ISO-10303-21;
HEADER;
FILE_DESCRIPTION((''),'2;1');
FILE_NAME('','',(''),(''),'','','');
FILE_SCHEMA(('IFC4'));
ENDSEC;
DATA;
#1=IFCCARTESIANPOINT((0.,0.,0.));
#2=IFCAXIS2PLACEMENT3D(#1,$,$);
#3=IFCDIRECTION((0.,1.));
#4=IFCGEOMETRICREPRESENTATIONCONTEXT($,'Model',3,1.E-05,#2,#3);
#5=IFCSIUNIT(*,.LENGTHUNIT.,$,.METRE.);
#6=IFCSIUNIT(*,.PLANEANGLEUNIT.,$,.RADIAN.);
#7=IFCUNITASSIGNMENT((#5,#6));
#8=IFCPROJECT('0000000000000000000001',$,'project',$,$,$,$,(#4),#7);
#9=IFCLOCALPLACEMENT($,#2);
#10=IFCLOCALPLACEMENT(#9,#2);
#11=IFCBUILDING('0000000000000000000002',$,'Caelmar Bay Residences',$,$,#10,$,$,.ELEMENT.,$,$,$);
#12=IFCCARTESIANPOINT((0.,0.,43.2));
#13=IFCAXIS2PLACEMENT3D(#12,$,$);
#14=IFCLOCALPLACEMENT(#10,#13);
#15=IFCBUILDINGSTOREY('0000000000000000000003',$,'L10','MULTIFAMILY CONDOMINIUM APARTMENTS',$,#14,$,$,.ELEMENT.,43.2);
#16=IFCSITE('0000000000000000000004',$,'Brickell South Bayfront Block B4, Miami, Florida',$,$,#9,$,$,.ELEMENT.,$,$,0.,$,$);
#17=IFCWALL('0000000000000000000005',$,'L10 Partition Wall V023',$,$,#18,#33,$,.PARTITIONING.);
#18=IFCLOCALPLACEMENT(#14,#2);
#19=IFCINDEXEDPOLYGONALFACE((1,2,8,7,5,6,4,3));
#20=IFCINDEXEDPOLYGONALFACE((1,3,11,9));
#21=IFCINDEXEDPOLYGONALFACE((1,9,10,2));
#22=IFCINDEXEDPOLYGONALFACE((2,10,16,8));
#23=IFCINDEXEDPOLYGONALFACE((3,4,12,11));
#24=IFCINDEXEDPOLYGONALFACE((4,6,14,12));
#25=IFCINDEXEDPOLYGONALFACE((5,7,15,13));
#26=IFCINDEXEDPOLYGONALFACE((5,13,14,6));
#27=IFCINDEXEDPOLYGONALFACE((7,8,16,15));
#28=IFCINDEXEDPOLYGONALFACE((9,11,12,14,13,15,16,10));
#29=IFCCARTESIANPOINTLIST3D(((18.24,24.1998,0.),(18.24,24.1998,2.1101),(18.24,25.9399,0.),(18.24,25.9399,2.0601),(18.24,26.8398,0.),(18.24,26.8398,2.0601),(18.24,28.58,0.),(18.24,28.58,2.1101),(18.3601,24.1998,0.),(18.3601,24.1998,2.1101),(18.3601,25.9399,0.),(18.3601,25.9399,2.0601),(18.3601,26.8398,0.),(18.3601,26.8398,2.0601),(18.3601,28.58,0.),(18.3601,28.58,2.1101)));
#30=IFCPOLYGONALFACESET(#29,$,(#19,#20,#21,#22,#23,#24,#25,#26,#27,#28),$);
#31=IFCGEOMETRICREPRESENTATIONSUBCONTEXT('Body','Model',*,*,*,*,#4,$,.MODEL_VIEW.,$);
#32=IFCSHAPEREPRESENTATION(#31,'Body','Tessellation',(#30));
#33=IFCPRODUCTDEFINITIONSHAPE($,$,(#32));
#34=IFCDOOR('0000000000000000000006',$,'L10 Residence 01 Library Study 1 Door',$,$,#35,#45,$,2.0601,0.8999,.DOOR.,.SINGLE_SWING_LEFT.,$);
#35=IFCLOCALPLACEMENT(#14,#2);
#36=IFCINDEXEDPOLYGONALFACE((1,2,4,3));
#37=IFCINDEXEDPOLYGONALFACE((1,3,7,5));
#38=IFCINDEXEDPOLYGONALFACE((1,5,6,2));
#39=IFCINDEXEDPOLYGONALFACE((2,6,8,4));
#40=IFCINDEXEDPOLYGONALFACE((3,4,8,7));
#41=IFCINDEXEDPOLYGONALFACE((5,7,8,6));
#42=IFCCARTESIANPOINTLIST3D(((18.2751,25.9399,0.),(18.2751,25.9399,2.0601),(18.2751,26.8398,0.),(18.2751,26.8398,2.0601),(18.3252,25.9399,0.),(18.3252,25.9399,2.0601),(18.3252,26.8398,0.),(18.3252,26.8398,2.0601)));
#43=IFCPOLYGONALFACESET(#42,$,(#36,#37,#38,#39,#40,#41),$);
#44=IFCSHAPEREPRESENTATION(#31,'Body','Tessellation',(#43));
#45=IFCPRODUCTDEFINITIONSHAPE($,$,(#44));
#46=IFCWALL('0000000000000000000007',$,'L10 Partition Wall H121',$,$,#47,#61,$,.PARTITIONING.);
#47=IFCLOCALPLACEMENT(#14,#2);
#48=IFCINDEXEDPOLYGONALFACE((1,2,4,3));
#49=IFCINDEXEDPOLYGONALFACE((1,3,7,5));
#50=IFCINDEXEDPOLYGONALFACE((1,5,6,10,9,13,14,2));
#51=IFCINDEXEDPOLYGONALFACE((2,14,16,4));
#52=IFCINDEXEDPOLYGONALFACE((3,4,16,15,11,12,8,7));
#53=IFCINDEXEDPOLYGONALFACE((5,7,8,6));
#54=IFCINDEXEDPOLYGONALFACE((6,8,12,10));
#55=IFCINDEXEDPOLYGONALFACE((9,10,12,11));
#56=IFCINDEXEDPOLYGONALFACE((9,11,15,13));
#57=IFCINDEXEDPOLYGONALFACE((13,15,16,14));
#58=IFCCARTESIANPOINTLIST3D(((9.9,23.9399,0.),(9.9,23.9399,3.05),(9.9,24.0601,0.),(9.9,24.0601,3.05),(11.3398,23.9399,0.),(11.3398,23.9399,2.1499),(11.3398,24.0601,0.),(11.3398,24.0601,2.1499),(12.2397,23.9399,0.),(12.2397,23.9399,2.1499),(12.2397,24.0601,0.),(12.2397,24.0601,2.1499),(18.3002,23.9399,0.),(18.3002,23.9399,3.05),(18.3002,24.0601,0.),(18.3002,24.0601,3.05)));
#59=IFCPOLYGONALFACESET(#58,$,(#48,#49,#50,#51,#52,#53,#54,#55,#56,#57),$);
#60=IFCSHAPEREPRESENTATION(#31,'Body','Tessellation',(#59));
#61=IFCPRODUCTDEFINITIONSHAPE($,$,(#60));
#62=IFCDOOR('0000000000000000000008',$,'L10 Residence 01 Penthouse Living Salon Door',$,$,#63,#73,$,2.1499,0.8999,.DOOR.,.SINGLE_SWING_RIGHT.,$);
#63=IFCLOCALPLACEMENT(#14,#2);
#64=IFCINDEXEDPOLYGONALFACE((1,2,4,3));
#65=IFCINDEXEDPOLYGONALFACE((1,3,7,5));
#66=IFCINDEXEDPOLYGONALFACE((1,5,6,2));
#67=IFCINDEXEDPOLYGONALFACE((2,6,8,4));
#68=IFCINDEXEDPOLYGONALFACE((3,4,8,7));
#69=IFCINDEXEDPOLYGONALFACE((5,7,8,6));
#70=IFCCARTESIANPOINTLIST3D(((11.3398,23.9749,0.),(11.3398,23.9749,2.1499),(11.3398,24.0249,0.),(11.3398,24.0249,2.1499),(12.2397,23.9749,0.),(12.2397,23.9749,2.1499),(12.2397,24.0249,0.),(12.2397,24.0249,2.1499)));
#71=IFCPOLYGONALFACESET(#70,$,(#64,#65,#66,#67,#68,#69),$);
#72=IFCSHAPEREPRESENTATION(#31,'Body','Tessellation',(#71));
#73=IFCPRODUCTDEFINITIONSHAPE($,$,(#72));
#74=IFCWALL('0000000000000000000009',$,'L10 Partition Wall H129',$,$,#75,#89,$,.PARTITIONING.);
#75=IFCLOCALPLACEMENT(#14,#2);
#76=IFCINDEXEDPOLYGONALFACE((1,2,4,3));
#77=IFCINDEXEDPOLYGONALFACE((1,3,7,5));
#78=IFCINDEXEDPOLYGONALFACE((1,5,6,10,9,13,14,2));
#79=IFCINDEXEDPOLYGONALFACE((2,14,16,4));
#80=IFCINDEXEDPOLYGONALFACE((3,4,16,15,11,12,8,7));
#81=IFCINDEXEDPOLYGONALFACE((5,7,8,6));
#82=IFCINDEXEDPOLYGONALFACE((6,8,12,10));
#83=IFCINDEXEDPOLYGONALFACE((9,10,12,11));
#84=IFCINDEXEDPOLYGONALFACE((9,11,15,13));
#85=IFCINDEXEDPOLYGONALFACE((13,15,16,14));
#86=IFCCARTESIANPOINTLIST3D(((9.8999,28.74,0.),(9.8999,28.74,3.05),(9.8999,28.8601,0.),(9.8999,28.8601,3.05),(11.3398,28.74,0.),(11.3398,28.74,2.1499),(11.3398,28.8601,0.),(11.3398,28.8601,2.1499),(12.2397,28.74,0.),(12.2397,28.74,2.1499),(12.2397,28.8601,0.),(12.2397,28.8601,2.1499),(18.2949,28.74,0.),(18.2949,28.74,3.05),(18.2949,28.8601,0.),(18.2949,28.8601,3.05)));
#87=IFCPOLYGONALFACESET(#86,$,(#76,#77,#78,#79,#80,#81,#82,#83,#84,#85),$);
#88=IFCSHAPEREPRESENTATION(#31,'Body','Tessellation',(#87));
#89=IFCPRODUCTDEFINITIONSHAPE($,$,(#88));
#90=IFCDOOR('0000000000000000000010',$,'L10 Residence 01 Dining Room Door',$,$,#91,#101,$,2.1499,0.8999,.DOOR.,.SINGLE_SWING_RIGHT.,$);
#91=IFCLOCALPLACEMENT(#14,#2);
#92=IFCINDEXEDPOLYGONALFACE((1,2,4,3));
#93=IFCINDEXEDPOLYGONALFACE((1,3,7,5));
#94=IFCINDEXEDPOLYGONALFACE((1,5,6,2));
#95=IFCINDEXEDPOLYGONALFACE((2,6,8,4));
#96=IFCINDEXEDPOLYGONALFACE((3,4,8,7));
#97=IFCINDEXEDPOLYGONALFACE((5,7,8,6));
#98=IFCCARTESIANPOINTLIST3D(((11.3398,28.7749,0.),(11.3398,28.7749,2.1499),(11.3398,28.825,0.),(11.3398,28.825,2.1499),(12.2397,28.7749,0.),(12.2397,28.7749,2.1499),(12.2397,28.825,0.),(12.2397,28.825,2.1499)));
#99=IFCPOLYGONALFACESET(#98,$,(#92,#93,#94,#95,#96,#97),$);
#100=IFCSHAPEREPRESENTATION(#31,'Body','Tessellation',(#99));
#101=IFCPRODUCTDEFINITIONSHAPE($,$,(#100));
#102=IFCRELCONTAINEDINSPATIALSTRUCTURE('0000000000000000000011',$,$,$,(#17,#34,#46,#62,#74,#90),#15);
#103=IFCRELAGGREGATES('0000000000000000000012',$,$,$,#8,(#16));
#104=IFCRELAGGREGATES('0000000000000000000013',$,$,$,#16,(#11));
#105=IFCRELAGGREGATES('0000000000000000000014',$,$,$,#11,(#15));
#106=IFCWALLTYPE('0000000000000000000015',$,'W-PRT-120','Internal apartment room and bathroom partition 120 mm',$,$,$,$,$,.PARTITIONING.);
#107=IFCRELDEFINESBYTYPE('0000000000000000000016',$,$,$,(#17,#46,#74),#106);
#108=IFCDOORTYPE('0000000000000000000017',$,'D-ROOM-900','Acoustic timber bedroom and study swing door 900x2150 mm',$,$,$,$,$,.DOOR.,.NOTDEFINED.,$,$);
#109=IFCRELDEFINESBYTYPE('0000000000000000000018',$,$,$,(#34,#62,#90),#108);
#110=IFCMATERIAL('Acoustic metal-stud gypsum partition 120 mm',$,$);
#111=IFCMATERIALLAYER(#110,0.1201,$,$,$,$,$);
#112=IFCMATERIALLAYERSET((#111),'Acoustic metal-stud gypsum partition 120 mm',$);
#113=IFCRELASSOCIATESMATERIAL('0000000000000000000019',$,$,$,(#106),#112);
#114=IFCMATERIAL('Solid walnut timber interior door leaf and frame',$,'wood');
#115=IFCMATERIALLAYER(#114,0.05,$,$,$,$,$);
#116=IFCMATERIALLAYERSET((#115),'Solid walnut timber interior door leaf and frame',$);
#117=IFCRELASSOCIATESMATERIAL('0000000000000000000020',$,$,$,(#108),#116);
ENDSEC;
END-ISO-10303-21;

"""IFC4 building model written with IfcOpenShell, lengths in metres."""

from ifc_helpers import new_model, si_unit, direction, frame, frame_2d, origin, place, context, subcontext, project, spatial, rectangle, extrude, material, layer, layer_set, type_object, element, fill, save


model = new_model("IFC4")

# Units and contexts
model_context = context("Model", 3, precision=1e-05, world=origin(), true_north=direction((0.0, 1.0)))
body_context = subcontext(model_context, "Body", "Model", "MODEL_VIEW")
ifc_project = project(units=[si_unit("LENGTHUNIT", "METRE"), si_unit("PLANEANGLEUNIT", "RADIAN")], contexts=[model_context])

# Site, building, storey
site_placement = place(None, origin())
site = spatial("IfcSite", under=ifc_project, at=site_placement, Name="Brickell South Bayfront Block B4, Miami, Florida", CompositionType="ELEMENT", RefElevation=0.0)
building_placement = place(site_placement, origin())
building = spatial("IfcBuilding", under=site, at=building_placement, Name="Caelmar Bay Residences", CompositionType="ELEMENT")
storey_placement = place(building_placement, frame((0.0, 0.0, 43.2)))
storey = spatial("IfcBuildingStorey", under=building, at=storey_placement, Name="L10", Description="MULTIFAMILY CONDOMINIUM APARTMENTS", CompositionType="ELEMENT", Elevation=43.2)

# Shared definitions
ifc_material_1 = material(Name="Acoustic metal-stud gypsum partition 120 mm")
ifc_layer_1 = layer(ifc_material_1, 0.1201)
ifc_layer_set_1 = layer_set([ifc_layer_1], Name="Acoustic metal-stud gypsum partition 120 mm")
wall_type = type_object("IfcWallType", Name="W-PRT-120", Description="Internal apartment room and bathroom partition 120 mm", PredefinedType="PARTITIONING", material=ifc_layer_set_1)
ifc_material_2 = material(Name="Solid walnut timber interior door leaf and frame", Category="wood")
ifc_layer_2 = layer(ifc_material_2, 0.05)
ifc_layer_set_2 = layer_set([ifc_layer_2], Name="Solid walnut timber interior door leaf and frame")
door_type_1 = type_object("IfcDoorType", Name="D-ROOM-900", Description="Acoustic timber bedroom and study swing door 900x2150 mm", OperationType="NOTDEFINED", PredefinedType="DOOR", material=ifc_layer_set_2)

# Walls, openings, doors
wall_1_placement = place(storey_placement, frame((18.3, 24.2, 0.0), z_axis=(0.0, 0.0, 1.0), x_axis=(0.0, 1.0, 0.0)))
wall_1 = element("IfcWall", 1, at=wall_1_placement, inside=storey, type_object=wall_type, Name="L10 Partition Wall V023", PredefinedType="PARTITIONING", context=body_context, shape_type="SweptSolid", body=[
    extrude(rectangle(XDim=4.3801, YDim=0.1201, at=frame_2d((2.1899, 0.0))), origin(), (0.0, 0.0, 1.0), 2.1101),
])
opening_1_placement = place(wall_1_placement, frame((1.74, 0.0, 0.0)))
opening_1 = element("IfcOpeningElement", 2, at=opening_1_placement, cuts=wall_1, PredefinedType="OPENING", context=body_context, shape_type="SweptSolid", body=[
    extrude(rectangle(XDim=0.8999, YDim=2.0601, at=frame_2d((0.45, 1.03))), frame((0.0, 0.0701, 0.0), z_axis=(0.0, -1.0, 0.0), x_axis=(1.0, 0.0, 0.0)), (0.0, 0.0, 1.0), 0.1401),
])
door_1_placement = place(opening_1_placement, origin())
door_1 = element("IfcDoor", 3, at=door_1_placement, inside=storey, type_object=door_type_1, Name="L10 Residence 01 Library Study 1 Door", OperationType="SINGLE_SWING_LEFT", OverallHeight=2.0601, OverallWidth=0.8999, PredefinedType="DOOR", context=body_context, shape_type="SweptSolid", body=[
    extrude(rectangle(XDim=0.8999, YDim=2.0601, at=frame_2d((0.45, 1.03))), frame((0.0, 0.0249, 0.0), z_axis=(0.0, -1.0, 0.0), x_axis=(1.0, 0.0, 0.0)), (0.0, 0.0, 1.0), 0.05),
])
fill(opening_1, door_1)
wall_2_placement = place(storey_placement, frame((9.8999, 24.0, 0.0), z_axis=(0.0, 0.0, 1.0), x_axis=(1.0, 0.0, 0.0)))
wall_2 = element("IfcWall", 4, at=wall_2_placement, inside=storey, type_object=wall_type, Name="L10 Partition Wall H121", PredefinedType="PARTITIONING", context=body_context, shape_type="SweptSolid", body=[
    extrude(rectangle(XDim=8.4001, YDim=0.1201, at=frame_2d((4.2002, 0.0))), origin(), (0.0, 0.0, 1.0), 3.05),
])
opening_2_placement = place(wall_2_placement, frame((1.4399, 0.0, 0.0)))
opening_2 = element("IfcOpeningElement", 5, at=opening_2_placement, cuts=wall_2, PredefinedType="OPENING", context=body_context, shape_type="SweptSolid", body=[
    extrude(rectangle(XDim=0.8999, YDim=2.1499, at=frame_2d((0.45, 1.075))), frame((0.0, 0.0701, 0.0), z_axis=(0.0, -1.0, 0.0), x_axis=(1.0, 0.0, 0.0)), (0.0, 0.0, 1.0), 0.1401),
])
door_2_placement = place(opening_2_placement, origin())
door_2 = element("IfcDoor", 6, at=door_2_placement, inside=storey, type_object=door_type_1, Name="L10 Residence 01 Penthouse Living Salon Door", OperationType="SINGLE_SWING_RIGHT", OverallHeight=2.1499, OverallWidth=0.8999, PredefinedType="DOOR", context=body_context, shape_type="SweptSolid", body=[
    extrude(rectangle(XDim=0.8999, YDim=2.1499, at=frame_2d((0.45, 1.075))), frame((0.0, 0.0249, 0.0), z_axis=(0.0, -1.0, 0.0), x_axis=(1.0, 0.0, 0.0)), (0.0, 0.0, 1.0), 0.05),
])
fill(opening_2, door_2)
wall_3_placement = place(storey_placement, frame((9.8999, 28.8, 0.0), z_axis=(0.0, 0.0, 1.0), x_axis=(1.0, 0.0, 0.0)))
wall_3 = element("IfcWall", 7, at=wall_3_placement, inside=storey, type_object=wall_type, Name="L10 Partition Wall H129", PredefinedType="PARTITIONING", context=body_context, shape_type="SweptSolid", body=[
    extrude(rectangle(XDim=8.395, YDim=0.1201, at=frame_2d((4.1975, 0.0))), origin(), (0.0, 0.0, 1.0), 3.05),
])
opening_3_placement = place(wall_3_placement, frame((1.4399, 0.0, 0.0)))
opening_3 = element("IfcOpeningElement", 8, at=opening_3_placement, cuts=wall_3, PredefinedType="OPENING", context=body_context, shape_type="SweptSolid", body=[
    extrude(rectangle(XDim=0.8999, YDim=2.1499, at=frame_2d((0.45, 1.075))), frame((0.0, 0.0701, 0.0), z_axis=(0.0, -1.0, 0.0), x_axis=(1.0, 0.0, 0.0)), (0.0, 0.0, 1.0), 0.1401),
])
door_3_placement = place(opening_3_placement, origin())
door_3 = element("IfcDoor", 9, at=door_3_placement, inside=storey, type_object=door_type_1, Name="L10 Residence 01 Dining Room Door", OperationType="SINGLE_SWING_RIGHT", OverallHeight=2.1499, OverallWidth=0.8999, PredefinedType="DOOR", context=body_context, shape_type="SweptSolid", body=[
    extrude(rectangle(XDim=0.8999, YDim=2.1499, at=frame_2d((0.45, 1.075))), frame((0.0, 0.0249, 0.0), z_axis=(0.0, -1.0, 0.0), x_axis=(1.0, 0.0, 0.0)), (0.0, 0.0, 1.0), 0.05),
])
fill(opening_3, door_3)

save(model, "model.ifc")
